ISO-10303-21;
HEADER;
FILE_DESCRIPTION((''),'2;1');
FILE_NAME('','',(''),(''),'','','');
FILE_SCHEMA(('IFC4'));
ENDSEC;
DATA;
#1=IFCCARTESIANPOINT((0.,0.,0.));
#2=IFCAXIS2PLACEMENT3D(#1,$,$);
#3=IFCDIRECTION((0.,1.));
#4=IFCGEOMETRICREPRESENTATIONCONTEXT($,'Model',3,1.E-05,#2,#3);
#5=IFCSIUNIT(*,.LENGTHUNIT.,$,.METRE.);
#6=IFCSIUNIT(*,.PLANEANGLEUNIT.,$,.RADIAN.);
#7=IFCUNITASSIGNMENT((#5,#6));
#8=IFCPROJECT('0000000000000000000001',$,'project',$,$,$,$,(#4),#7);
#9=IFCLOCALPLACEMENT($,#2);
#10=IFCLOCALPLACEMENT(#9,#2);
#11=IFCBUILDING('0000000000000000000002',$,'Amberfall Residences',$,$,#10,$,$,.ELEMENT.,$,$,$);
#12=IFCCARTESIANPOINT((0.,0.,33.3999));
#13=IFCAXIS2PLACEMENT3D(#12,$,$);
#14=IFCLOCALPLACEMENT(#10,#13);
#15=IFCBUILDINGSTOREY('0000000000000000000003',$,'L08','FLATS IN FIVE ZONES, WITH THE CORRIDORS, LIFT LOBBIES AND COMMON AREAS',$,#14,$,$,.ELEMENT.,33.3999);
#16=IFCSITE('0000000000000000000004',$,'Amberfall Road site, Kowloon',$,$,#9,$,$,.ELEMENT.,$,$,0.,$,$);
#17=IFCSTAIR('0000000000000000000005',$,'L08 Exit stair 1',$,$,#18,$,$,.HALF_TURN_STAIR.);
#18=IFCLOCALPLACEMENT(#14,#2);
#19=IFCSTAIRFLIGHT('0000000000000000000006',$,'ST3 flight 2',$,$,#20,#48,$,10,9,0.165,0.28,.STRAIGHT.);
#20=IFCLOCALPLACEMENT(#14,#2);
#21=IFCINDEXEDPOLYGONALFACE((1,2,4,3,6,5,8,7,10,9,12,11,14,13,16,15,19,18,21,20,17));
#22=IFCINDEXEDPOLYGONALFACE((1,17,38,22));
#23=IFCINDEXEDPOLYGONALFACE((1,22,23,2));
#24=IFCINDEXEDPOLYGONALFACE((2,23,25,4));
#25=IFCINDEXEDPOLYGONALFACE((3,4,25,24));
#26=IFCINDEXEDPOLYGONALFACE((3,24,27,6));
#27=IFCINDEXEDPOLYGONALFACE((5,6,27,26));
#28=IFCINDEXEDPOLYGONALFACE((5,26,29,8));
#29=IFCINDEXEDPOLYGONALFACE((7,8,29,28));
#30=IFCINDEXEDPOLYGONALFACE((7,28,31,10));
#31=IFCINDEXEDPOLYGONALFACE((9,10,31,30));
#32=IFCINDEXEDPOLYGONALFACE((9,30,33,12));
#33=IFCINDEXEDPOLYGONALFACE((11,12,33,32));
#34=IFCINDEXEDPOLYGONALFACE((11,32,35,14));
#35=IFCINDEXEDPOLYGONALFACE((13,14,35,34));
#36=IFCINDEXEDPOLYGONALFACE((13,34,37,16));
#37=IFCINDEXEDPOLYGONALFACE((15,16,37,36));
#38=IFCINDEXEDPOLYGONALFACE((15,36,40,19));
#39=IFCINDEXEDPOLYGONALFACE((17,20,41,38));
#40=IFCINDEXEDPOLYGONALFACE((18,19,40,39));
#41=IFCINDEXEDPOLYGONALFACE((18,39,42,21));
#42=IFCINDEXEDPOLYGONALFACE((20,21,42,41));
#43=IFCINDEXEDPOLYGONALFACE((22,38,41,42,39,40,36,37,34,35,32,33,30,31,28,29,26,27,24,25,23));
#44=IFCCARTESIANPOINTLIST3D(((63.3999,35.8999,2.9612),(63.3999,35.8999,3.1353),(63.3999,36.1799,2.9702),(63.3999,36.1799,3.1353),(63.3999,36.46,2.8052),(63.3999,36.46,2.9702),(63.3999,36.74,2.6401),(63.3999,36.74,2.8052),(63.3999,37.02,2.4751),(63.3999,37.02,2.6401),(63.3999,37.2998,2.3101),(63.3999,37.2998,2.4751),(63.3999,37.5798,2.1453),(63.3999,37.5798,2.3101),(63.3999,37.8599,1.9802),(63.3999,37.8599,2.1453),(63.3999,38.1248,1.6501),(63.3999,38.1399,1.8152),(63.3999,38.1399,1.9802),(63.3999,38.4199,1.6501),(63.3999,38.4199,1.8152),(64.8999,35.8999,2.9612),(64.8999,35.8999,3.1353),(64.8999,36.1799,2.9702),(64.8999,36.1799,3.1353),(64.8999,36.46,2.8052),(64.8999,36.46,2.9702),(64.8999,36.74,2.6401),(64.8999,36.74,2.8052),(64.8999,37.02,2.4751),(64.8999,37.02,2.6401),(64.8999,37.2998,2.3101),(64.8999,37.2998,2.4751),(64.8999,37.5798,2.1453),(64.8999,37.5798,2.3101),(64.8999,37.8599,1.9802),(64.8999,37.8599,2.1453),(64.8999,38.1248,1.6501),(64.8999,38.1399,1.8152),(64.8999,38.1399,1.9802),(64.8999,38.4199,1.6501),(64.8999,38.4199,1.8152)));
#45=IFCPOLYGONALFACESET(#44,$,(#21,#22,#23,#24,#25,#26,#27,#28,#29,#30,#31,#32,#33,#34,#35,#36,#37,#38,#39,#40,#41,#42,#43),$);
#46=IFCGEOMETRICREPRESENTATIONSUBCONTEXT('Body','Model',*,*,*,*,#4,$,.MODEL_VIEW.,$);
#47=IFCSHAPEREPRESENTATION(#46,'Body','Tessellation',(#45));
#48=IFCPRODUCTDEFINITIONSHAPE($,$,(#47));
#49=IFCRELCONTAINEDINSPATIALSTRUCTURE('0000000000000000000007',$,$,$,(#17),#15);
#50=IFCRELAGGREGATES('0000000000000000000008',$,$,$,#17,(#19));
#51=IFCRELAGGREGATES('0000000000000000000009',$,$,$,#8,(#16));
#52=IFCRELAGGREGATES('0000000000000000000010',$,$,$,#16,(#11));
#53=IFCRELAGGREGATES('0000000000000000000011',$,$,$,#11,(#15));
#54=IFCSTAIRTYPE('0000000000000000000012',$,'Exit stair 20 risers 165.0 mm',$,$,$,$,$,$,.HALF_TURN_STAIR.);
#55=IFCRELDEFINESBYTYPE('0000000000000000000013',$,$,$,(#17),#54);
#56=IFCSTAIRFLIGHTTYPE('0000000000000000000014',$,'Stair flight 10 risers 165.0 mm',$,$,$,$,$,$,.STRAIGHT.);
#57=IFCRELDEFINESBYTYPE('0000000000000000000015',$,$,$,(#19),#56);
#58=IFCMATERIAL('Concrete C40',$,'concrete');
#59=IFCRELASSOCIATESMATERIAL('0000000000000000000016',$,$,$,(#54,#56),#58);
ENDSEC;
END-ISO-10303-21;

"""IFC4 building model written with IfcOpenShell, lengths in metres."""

from ifc_helpers import new_model, si_unit, direction, frame, origin, place, context, subcontext, project, spatial, polyline, outline, extrude, material, type_object, element, aggregate, save


model = new_model("IFC4")

# Units and contexts
model_context = context("Model", 3, precision=1e-05, world=origin(), true_north=direction((0.0, 1.0)))
body_context = subcontext(model_context, "Body", "Model", "MODEL_VIEW")
ifc_project = project(units=[si_unit("LENGTHUNIT", "METRE"), si_unit("PLANEANGLEUNIT", "RADIAN")], contexts=[model_context])

# Site, building, storey
site_placement = place(None, origin())
site = spatial("IfcSite", under=ifc_project, at=site_placement, Name="Amberfall Road site, Kowloon", CompositionType="ELEMENT", RefElevation=0.0)
building_placement = place(site_placement, origin())
building = spatial("IfcBuilding", under=site, at=building_placement, Name="Amberfall Residences", CompositionType="ELEMENT")
storey_placement = place(building_placement, frame((0.0, 0.0, 33.3999)))
storey = spatial("IfcBuildingStorey", under=building, at=storey_placement, Name="L08", Description="FLATS IN FIVE ZONES, WITH THE CORRIDORS, LIFT LOBBIES AND COMMON AREAS", CompositionType="ELEMENT", Elevation=33.3999)

# Stair, stair flight
ifc_material_1 = material(Name="Concrete C40", Category="concrete")
stair_type = type_object("IfcStairType", Name="Exit stair 20 risers 165.0 mm", PredefinedType="HALF_TURN_STAIR", material=ifc_material_1)
stair_placement = place(storey_placement, origin())
stair = element("IfcStair", 1, at=stair_placement, inside=storey, type_object=stair_type, Name="L08 Exit stair 1", PredefinedType="HALF_TURN_STAIR")
stair_flight_type = type_object("IfcStairFlightType", Name="Stair flight 10 risers 165.0 mm", PredefinedType="STRAIGHT", material=ifc_material_1)
stair_flight_1_placement = place(storey_placement, frame((64.1499, 38.4199, 1.6501), z_axis=(0.0, 0.0, 1.0), x_axis=(0.0, -1.0, 0.0)))
stair_flight_1 = element("IfcStairFlight", 2, at=stair_flight_1_placement, type_object=stair_flight_type, Name="ST3 flight 2", NumberOfRisers=10, NumberOfTreads=9, PredefinedType="STRAIGHT", RiserHeight=0.165, TreadLength=0.28, context=body_context, shape_type="SweptSolid", body=[
    extrude(outline(polyline([(0.0, 0.0), (0.0, 0.165), (0.28, 0.165), (0.28, 0.3301), (0.5601, 0.3301), (0.5601, 0.4951), (0.8401, 0.4951), (0.8401, 0.6599), (1.1201, 0.6599), (1.1201, 0.825), (1.3999, 0.825), (1.3999, 0.99), (1.6799, 0.99), (1.6799, 1.155), (1.96, 1.155), (1.96, 1.3201), (2.24, 1.3201), (2.24, 1.4851), (2.52, 1.4851), (2.52, 1.6499), (2.52, 1.311), (0.2952, 0.0), (0.0, 0.0)])), frame((0.0, 0.75, 0.0), z_axis=(0.0, -1.0, 0.0), x_axis=(1.0, 0.0, 0.0)), (0.0, 0.0, 1.0), 1.5),
])
aggregate(stair, [stair_flight_1])

save(model, "model.ifc")
